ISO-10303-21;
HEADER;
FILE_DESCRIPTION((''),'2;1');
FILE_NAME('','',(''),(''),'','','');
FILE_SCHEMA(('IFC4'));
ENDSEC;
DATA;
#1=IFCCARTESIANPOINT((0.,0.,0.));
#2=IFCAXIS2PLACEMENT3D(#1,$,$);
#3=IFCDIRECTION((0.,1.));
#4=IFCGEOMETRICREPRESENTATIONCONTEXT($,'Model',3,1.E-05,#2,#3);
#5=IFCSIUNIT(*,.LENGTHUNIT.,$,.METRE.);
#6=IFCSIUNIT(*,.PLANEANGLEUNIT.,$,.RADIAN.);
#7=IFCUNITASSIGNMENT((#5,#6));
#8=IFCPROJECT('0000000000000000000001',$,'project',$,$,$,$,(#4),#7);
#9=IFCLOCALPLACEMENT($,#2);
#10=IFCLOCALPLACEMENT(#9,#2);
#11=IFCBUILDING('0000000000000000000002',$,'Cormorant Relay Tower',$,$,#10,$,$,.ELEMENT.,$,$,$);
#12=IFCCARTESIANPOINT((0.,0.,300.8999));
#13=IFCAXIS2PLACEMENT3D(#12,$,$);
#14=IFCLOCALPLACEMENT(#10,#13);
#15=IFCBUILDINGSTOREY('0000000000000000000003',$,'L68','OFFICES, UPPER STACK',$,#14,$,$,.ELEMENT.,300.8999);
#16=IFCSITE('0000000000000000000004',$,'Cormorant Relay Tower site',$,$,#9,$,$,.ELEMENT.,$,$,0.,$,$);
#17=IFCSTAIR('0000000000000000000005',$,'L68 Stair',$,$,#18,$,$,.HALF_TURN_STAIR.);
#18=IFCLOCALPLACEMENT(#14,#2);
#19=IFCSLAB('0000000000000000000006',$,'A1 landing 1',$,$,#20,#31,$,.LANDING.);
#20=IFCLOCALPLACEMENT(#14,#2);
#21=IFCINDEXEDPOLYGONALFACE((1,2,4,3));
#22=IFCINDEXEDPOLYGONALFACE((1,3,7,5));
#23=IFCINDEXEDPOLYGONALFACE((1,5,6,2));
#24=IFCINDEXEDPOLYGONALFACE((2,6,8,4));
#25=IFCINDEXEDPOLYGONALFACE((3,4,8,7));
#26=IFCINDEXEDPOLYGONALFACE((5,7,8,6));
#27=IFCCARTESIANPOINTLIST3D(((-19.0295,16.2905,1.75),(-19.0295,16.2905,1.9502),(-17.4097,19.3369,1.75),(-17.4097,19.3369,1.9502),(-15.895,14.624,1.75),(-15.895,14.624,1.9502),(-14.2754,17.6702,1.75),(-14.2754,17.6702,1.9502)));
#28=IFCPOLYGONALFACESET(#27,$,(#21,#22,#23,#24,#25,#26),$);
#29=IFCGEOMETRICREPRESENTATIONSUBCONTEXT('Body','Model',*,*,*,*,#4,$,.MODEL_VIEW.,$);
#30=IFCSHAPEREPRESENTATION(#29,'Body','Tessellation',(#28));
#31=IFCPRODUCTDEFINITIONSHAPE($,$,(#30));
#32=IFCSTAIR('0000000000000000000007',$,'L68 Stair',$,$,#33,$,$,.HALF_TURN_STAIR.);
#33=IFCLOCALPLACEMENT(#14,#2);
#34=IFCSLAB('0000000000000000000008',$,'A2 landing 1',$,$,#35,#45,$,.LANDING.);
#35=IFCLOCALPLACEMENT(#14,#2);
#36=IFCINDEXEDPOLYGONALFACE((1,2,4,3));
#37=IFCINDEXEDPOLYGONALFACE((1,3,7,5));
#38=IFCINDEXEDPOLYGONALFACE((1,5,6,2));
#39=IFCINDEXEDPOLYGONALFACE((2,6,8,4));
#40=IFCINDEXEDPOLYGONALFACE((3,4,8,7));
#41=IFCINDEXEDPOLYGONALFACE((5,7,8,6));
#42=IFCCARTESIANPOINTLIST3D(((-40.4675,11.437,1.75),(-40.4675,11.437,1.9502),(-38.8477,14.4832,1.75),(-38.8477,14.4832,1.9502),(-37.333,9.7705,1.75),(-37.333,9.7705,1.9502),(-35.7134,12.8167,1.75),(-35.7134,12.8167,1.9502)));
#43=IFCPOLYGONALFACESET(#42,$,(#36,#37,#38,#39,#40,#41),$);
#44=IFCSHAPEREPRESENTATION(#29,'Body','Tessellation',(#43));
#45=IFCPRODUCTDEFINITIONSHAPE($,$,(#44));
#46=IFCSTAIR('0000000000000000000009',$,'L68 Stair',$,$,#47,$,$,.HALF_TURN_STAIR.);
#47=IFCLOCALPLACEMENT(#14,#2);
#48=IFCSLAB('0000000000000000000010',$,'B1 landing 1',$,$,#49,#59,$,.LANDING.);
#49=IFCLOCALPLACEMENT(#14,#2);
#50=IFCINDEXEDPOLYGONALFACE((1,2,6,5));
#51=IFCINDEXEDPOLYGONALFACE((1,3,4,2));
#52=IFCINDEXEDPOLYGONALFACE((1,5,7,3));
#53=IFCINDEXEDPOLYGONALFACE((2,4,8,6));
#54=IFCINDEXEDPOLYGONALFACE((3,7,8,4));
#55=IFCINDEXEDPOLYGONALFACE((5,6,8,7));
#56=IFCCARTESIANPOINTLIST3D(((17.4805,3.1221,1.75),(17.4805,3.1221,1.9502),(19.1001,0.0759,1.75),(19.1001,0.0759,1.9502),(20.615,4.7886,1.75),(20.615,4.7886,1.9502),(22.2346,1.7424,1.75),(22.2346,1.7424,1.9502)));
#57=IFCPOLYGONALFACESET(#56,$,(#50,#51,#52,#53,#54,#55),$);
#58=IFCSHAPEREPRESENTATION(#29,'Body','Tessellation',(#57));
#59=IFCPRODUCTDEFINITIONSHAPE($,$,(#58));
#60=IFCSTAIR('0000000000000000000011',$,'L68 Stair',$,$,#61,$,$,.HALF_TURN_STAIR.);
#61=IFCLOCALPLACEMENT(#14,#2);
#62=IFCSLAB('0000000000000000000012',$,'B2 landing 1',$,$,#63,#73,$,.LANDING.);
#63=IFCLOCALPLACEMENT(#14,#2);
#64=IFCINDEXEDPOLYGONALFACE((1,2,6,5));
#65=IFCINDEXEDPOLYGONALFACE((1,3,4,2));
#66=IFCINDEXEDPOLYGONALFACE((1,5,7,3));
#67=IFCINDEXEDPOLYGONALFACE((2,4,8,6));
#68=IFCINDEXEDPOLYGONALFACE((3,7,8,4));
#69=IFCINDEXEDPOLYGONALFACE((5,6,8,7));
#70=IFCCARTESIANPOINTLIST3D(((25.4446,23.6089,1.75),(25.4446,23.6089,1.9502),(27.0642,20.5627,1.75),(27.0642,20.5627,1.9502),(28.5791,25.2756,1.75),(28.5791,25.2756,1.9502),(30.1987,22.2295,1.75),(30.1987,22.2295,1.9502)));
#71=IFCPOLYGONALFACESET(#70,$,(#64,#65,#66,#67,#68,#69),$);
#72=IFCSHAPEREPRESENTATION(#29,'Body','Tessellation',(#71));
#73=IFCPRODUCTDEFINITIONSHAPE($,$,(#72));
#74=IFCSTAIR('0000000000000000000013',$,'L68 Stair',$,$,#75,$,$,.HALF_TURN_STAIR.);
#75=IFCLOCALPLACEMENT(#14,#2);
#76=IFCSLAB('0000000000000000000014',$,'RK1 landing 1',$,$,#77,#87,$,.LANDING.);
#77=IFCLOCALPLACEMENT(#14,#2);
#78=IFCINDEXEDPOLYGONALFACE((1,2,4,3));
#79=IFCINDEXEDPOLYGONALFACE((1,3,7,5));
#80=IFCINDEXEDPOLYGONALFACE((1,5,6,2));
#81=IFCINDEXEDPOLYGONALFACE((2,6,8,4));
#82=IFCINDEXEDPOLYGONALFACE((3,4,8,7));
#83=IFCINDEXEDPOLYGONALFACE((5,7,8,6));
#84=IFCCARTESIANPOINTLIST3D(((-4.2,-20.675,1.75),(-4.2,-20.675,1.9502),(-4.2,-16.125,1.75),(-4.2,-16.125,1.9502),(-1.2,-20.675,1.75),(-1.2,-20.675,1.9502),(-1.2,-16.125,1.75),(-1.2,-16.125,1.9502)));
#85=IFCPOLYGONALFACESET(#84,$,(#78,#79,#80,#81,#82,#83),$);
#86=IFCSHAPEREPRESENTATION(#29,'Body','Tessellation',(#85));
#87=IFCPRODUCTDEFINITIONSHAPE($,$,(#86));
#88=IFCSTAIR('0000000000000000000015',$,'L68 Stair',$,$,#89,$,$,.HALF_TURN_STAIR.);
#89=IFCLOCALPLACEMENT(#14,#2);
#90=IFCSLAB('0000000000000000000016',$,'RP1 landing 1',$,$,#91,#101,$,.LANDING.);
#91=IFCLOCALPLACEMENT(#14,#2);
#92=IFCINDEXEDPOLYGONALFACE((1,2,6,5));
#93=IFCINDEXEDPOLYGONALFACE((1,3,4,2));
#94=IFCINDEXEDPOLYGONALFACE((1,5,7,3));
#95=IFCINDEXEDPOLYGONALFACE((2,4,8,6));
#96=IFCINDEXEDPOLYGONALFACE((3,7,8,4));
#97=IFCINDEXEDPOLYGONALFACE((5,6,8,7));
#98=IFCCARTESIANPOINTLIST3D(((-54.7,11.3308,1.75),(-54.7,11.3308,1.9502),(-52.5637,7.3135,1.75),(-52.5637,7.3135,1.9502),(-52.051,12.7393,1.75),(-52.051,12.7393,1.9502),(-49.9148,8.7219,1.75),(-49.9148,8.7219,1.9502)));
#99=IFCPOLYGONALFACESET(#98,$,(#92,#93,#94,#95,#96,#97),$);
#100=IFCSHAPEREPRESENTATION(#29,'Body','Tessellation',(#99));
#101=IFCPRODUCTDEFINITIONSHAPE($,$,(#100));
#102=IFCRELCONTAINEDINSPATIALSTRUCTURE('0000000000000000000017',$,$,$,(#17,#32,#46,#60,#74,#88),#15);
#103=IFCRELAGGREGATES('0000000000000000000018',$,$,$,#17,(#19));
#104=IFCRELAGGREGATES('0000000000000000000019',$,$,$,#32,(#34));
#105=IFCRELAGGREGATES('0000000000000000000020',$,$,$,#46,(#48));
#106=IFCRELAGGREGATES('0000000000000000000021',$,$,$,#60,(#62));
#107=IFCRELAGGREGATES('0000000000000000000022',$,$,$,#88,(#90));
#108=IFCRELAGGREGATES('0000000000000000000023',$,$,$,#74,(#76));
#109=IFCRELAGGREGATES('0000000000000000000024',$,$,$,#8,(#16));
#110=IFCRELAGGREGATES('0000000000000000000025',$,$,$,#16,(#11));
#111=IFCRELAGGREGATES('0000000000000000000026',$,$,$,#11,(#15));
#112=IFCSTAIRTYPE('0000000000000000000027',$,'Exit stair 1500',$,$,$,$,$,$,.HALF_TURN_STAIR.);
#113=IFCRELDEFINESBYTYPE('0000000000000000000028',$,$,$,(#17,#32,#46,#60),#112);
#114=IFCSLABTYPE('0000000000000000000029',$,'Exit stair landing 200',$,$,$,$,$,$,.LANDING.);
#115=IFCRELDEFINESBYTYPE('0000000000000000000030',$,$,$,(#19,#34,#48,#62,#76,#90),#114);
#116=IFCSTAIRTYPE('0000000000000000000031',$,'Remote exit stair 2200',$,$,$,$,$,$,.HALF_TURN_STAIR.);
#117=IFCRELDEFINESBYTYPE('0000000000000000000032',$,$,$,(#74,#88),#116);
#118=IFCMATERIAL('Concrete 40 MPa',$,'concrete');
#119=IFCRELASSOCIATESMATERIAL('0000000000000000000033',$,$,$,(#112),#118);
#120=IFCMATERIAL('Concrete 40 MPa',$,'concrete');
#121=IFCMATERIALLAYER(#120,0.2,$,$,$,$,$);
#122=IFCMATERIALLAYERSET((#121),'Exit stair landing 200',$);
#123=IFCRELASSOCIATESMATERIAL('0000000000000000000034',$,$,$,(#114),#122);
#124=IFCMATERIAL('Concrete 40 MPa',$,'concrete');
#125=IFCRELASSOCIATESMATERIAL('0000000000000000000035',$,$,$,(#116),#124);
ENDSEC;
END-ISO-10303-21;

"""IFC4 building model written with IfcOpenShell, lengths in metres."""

from ifc_helpers import new_model, si_unit, direction, frame, origin, place, context, subcontext, project, spatial, polyline, outline, extrude, material, layer, layer_set, type_object, element, aggregate, save


model = new_model("IFC4")

# Units and contexts
model_context = context("Model", 3, precision=1e-05, world=origin(), true_north=direction((0.0, 1.0)))
body_context = subcontext(model_context, "Body", "Model", "MODEL_VIEW")
ifc_project = project(units=[si_unit("LENGTHUNIT", "METRE"), si_unit("PLANEANGLEUNIT", "RADIAN")], contexts=[model_context])

# Site, building, storey
site_placement = place(None, origin())
site = spatial("IfcSite", under=ifc_project, at=site_placement, Name="Cormorant Relay Tower site", CompositionType="ELEMENT", RefElevation=0.0)
building_placement = place(site_placement, origin())
building = spatial("IfcBuilding", under=site, at=building_placement, Name="Cormorant Relay Tower", CompositionType="ELEMENT")
storey_placement = place(building_placement, frame((0.0, 0.0, 300.8999)))
storey = spatial("IfcBuildingStorey", under=building, at=storey_placement, Name="L68", Description="OFFICES, UPPER STACK", CompositionType="ELEMENT", Elevation=300.8999)

# Stairs, slabs
ifc_material_1 = material(Name="Concrete 40 MPa", Category="concrete")
stair_type_1 = type_object("IfcStairType", Name="Exit stair 1500", PredefinedType="HALF_TURN_STAIR", material=ifc_material_1)
stair_1_placement = place(storey_placement, origin())
stair_1 = element("IfcStair", 1, at=stair_1_placement, inside=storey, type_object=stair_type_1, Name="L68 Stair", PredefinedType="HALF_TURN_STAIR")
ifc_material_2 = material(Name="Concrete 40 MPa", Category="concrete")
ifc_layer_1 = layer(ifc_material_2, 0.2)
ifc_layer_set_1 = layer_set([ifc_layer_1], Name="Exit stair landing 200")
slab_type_1 = type_object("IfcSlabType", Name="Exit stair landing 200", PredefinedType="LANDING", material=ifc_layer_set_1)
slab_1_placement = place(storey_placement, frame((0.0, 0.0, 1.75)))
slab_1 = element("IfcSlab", 2, at=slab_1_placement, type_object=slab_type_1, Name="A1 landing 1", PredefinedType="LANDING", context=body_context, shape_type="SweptSolid", body=[
    extrude(outline(polyline([(-19.0295, 16.2905), (-15.895, 14.624), (-14.2754, 17.6702), (-17.4097, 19.3369), (-19.0295, 16.2905)])), origin(), (0.0, 0.0, 1.0), 0.2002),
])
aggregate(stair_1, [slab_1])
stair_2_placement = place(storey_placement, origin())
stair_2 = element("IfcStair", 3, at=stair_2_placement, inside=storey, type_object=stair_type_1, Name="L68 Stair", PredefinedType="HALF_TURN_STAIR")
slab_2_placement = place(storey_placement, frame((0.0, 0.0, 1.75)))
slab_2 = element("IfcSlab", 4, at=slab_2_placement, type_object=slab_type_1, Name="A2 landing 1", PredefinedType="LANDING", context=body_context, shape_type="SweptSolid", body=[
    extrude(outline(polyline([(-35.7134, 12.8167), (-38.8477, 14.4832), (-40.4675, 11.437), (-37.333, 9.7705), (-35.7134, 12.8167)])), origin(), (0.0, 0.0, 1.0), 0.2002),
])
aggregate(stair_2, [slab_2])
stair_3_placement = place(storey_placement, origin())
stair_3 = element("IfcStair", 5, at=stair_3_placement, inside=storey, type_object=stair_type_1, Name="L68 Stair", PredefinedType="HALF_TURN_STAIR")
slab_3_placement = place(storey_placement, frame((0.0, 0.0, 1.75)))
slab_3 = element("IfcSlab", 6, at=slab_3_placement, type_object=slab_type_1, Name="B1 landing 1", PredefinedType="LANDING", context=body_context, shape_type="SweptSolid", body=[
    extrude(outline(polyline([(20.615, 4.7886), (17.4805, 3.1221), (19.1001, 0.0759), (22.2346, 1.7424), (20.615, 4.7886)])), origin(), (0.0, 0.0, 1.0), 0.2002),
])
aggregate(stair_3, [slab_3])
stair_4_placement = place(storey_placement, origin())
stair_4 = element("IfcStair", 7, at=stair_4_placement, inside=storey, type_object=stair_type_1, Name="L68 Stair", PredefinedType="HALF_TURN_STAIR")
slab_4_placement = place(storey_placement, frame((0.0, 0.0, 1.75)))
slab_4 = element("IfcSlab", 8, at=slab_4_placement, type_object=slab_type_1, Name="B2 landing 1", PredefinedType="LANDING", context=body_context, shape_type="SweptSolid", body=[
    extrude(outline(polyline([(27.0642, 20.5627), (30.1987, 22.2295), (28.5791, 25.2756), (25.4446, 23.6089), (27.0642, 20.5627)])), origin(), (0.0, 0.0, 1.0), 0.2002),
])
aggregate(stair_4, [slab_4])
ifc_material_3 = material(Name="Concrete 40 MPa", Category="concrete")
stair_type_2 = type_object("IfcStairType", Name="Remote exit stair 2200", PredefinedType="HALF_TURN_STAIR", material=ifc_material_3)
stair_5_placement = place(storey_placement, origin())
stair_5 = element("IfcStair", 9, at=stair_5_placement, inside=storey, type_object=stair_type_2, Name="L68 Stair", PredefinedType="HALF_TURN_STAIR")
slab_5_placement = place(storey_placement, frame((0.0, 0.0, 1.75)))
slab_5 = element("IfcSlab", 10, at=slab_5_placement, type_object=slab_type_1, Name="RK1 landing 1", PredefinedType="LANDING", context=body_context, shape_type="SweptSolid", body=[
    extrude(outline(polyline([(-1.2, -16.125), (-4.2, -16.125), (-4.2, -20.675), (-1.2, -20.675), (-1.2, -16.125)])), origin(), (0.0, 0.0, 1.0), 0.2002),
])
stair_6_placement = place(storey_placement, origin())
stair_6 = element("IfcStair", 11, at=stair_6_placement, inside=storey, type_object=stair_type_2, Name="L68 Stair", PredefinedType="HALF_TURN_STAIR")
slab_6_placement = place(storey_placement, frame((0.0, 0.0, 1.75)))
slab_6 = element("IfcSlab", 12, at=slab_6_placement, type_object=slab_type_1, Name="RP1 landing 1", PredefinedType="LANDING", context=body_context, shape_type="SweptSolid", body=[
    extrude(outline(polyline([(-52.051, 12.7393), (-54.7, 11.3308), (-52.5637, 7.3135), (-49.9148, 8.7219), (-52.051, 12.7393)])), origin(), (0.0, 0.0, 1.0), 0.2002),
])
aggregate(stair_6, [slab_6])

aggregate(stair_5, [slab_5])

save(model, "model.ifc")
